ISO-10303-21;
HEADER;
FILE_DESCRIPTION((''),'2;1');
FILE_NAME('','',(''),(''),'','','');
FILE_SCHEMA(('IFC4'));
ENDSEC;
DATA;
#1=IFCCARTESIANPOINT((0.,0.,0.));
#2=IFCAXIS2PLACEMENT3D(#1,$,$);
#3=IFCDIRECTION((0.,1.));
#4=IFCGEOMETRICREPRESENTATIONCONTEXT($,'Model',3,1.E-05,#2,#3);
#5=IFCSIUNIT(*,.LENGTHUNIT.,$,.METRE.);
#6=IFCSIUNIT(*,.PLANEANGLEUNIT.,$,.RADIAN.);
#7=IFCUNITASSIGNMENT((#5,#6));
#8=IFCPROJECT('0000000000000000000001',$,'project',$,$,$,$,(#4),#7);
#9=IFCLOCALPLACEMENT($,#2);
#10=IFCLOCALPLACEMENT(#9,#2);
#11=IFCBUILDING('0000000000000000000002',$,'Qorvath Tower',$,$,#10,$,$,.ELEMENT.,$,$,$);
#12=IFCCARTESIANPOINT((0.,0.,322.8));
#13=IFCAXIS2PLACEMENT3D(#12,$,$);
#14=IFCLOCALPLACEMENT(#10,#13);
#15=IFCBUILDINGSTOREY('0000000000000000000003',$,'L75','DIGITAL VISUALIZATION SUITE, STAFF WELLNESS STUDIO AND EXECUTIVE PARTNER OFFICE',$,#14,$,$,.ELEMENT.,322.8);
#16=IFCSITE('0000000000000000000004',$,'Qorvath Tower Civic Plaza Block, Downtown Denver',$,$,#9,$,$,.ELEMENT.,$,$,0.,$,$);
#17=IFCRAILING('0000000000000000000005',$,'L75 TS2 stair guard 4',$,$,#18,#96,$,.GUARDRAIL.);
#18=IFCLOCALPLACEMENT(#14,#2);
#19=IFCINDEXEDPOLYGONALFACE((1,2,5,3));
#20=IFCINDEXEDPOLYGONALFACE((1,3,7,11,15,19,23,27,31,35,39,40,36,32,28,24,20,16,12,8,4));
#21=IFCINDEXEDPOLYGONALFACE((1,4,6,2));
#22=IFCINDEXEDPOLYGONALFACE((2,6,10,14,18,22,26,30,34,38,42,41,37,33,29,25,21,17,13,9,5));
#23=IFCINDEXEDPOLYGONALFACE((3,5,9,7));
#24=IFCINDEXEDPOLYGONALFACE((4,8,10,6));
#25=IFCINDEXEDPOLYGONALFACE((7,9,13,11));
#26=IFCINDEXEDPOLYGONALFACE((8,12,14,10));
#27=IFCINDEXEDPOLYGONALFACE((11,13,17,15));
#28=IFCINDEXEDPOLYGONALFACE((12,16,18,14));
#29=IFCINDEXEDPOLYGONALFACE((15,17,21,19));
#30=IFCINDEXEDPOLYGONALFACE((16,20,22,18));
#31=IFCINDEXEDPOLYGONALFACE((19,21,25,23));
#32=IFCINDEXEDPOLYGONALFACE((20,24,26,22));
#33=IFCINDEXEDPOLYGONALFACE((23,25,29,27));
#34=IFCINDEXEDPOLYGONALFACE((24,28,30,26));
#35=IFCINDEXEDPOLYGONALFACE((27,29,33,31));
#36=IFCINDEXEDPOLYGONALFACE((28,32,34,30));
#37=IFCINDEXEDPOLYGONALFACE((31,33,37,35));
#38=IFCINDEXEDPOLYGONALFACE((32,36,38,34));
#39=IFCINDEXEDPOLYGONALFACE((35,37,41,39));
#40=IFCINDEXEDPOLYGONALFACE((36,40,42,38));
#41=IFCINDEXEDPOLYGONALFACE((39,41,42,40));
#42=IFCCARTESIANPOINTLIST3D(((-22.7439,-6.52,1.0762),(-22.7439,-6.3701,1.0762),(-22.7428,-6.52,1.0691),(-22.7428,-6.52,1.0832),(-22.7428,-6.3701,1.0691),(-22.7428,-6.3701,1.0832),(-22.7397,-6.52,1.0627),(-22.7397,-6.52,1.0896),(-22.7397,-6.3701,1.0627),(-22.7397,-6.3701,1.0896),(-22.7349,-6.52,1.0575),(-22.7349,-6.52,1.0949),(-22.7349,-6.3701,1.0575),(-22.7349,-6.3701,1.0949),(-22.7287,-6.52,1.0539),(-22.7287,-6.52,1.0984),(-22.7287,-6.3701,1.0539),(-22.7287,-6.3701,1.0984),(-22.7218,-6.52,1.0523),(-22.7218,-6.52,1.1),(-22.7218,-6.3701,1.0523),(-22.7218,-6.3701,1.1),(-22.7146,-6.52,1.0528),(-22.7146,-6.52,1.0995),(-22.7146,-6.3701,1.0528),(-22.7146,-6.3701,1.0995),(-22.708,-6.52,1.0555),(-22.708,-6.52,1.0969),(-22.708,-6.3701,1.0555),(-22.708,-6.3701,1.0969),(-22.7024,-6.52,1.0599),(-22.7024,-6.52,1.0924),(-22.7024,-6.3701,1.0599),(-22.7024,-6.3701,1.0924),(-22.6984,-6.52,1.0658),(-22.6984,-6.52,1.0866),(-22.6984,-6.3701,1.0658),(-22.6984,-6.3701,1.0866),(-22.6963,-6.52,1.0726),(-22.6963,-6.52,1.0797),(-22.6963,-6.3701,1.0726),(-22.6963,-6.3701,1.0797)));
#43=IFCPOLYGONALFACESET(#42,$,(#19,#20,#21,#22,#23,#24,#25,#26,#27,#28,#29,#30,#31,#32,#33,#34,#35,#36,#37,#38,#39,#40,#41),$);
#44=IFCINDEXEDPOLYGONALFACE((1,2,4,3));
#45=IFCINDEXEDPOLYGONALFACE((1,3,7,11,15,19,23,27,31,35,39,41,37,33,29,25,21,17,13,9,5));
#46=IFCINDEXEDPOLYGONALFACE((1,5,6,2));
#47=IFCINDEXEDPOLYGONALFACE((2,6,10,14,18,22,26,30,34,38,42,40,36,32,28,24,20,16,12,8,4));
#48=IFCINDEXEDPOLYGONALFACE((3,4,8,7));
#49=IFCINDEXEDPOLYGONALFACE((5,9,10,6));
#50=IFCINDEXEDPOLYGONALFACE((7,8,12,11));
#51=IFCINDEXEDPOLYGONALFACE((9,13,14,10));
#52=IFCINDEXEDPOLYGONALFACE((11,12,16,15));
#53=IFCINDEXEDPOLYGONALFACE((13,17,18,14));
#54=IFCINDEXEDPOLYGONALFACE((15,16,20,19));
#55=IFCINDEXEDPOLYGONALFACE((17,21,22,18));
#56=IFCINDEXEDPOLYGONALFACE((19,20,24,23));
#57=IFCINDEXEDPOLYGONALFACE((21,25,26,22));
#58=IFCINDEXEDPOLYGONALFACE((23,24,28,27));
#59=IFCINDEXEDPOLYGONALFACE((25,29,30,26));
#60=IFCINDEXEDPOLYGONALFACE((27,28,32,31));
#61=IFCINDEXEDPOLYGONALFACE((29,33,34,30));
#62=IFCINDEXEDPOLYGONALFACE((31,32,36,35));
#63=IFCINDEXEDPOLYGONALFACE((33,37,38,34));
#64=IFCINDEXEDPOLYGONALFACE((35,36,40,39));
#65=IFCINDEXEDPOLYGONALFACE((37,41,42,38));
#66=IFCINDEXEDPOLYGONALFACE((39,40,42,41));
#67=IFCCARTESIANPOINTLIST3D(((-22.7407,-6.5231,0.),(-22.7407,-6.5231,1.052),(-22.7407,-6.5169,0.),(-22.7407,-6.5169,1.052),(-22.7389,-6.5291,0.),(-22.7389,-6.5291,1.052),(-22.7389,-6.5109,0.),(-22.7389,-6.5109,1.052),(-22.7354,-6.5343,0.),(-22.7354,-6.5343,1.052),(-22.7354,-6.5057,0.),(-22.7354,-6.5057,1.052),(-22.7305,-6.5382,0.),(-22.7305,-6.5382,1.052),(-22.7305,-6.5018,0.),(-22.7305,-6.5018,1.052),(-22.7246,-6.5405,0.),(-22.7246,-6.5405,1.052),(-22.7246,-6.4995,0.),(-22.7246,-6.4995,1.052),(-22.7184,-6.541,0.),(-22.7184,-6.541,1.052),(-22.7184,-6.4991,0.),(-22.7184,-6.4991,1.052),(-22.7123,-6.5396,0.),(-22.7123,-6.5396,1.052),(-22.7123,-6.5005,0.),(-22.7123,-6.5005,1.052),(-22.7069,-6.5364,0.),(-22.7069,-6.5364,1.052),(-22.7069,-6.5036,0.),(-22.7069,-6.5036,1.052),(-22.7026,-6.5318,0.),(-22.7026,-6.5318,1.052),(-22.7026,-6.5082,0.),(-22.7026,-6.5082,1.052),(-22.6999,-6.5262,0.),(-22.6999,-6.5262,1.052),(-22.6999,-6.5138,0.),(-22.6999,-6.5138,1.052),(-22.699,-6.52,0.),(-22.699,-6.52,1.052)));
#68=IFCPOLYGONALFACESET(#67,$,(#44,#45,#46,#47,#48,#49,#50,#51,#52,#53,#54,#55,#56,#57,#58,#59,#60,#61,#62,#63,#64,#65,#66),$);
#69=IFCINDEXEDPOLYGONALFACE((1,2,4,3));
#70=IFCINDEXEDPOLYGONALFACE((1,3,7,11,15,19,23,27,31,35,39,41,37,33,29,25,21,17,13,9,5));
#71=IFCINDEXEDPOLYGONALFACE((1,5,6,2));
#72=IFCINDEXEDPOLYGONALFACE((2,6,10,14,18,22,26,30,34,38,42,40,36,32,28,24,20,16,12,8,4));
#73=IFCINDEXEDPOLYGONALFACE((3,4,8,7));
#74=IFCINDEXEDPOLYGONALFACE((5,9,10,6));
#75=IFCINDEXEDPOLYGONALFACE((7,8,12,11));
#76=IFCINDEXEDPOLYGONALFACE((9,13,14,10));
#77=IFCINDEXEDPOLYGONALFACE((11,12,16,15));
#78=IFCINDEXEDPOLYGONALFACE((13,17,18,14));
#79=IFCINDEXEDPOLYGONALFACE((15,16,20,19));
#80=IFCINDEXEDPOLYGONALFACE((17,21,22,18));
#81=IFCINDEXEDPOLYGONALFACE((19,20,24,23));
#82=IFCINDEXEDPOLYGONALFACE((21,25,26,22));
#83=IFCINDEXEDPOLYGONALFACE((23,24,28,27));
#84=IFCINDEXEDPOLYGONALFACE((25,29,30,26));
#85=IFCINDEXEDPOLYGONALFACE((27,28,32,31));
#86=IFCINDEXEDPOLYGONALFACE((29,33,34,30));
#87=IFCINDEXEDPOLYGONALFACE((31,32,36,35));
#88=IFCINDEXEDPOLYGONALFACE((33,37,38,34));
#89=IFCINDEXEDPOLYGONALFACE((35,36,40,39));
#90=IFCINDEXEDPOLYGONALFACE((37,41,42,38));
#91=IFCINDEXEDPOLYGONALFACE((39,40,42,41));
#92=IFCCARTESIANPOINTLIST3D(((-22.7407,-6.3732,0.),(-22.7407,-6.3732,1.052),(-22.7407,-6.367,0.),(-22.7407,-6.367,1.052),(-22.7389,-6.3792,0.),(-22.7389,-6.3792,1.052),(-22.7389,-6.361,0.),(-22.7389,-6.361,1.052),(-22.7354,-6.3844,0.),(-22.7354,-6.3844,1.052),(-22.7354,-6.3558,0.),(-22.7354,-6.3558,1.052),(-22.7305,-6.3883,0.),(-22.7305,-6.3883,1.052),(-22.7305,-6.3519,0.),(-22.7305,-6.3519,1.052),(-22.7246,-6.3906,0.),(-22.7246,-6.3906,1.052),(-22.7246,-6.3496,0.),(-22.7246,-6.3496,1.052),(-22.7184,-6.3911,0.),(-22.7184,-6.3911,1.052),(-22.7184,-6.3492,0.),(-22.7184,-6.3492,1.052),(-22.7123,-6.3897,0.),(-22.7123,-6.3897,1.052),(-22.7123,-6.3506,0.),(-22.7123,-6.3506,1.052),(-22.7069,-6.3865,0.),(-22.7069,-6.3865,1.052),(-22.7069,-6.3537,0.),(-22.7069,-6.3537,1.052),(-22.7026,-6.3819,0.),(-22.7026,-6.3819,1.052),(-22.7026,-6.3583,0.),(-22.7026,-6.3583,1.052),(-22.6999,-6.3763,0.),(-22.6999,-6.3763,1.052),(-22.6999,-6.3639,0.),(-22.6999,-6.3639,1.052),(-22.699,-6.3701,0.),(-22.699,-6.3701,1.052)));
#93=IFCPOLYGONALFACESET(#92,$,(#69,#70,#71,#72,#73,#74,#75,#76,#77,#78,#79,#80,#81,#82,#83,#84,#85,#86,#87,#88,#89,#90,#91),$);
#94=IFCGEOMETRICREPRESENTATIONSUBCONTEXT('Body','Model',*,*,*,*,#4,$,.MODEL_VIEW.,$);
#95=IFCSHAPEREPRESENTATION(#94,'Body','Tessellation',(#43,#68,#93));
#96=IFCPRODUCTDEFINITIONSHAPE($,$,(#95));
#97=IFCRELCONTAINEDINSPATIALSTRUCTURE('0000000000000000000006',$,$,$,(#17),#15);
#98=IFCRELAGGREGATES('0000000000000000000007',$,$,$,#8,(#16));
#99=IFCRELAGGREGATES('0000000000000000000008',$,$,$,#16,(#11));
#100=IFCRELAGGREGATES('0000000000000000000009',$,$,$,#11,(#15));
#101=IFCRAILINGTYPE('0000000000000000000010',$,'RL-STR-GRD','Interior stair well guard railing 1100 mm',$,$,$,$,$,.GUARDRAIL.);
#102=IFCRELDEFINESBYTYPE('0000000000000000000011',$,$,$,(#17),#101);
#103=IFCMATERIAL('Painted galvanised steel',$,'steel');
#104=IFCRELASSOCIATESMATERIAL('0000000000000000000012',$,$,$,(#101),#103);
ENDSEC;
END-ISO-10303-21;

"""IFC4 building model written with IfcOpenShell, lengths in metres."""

from ifc_helpers import new_model, si_unit, direction, frame, origin, origin_2d, place, context, subcontext, project, spatial, circle, extrude, material, type_object, element, save


model = new_model("IFC4")

# Units and contexts
model_context = context("Model", 3, precision=1e-05, world=origin(), true_north=direction((0.0, 1.0)))
body_context = subcontext(model_context, "Body", "Model", "MODEL_VIEW")
ifc_project = project(units=[si_unit("LENGTHUNIT", "METRE"), si_unit("PLANEANGLEUNIT", "RADIAN")], contexts=[model_context])

# Site, building, storey
site_placement = place(None, origin())
site = spatial("IfcSite", under=ifc_project, at=site_placement, Name="Qorvath Tower Civic Plaza Block, Downtown Denver", CompositionType="ELEMENT", RefElevation=0.0)
building_placement = place(site_placement, origin())
building = spatial("IfcBuilding", under=site, at=building_placement, Name="Qorvath Tower", CompositionType="ELEMENT")
storey_placement = place(building_placement, frame((0.0, 0.0, 322.8)))
storey = spatial("IfcBuildingStorey", under=building, at=storey_placement, Name="L75", Description="DIGITAL VISUALIZATION SUITE, STAFF WELLNESS STUDIO AND EXECUTIVE PARTNER OFFICE", CompositionType="ELEMENT", Elevation=322.8)

# Railing
ifc_material_1 = material(Name="Painted galvanised steel", Category="steel")
railing_type_1 = type_object("IfcRailingType", Name="RL-STR-GRD", Description="Interior stair well guard railing 1100 mm", PredefinedType="GUARDRAIL", material=ifc_material_1)
railing_1_placement = place(storey_placement, frame((-22.72, -6.52, 0.0)))
element("IfcRailing", 1, at=railing_1_placement, inside=storey, type_object=railing_type_1, Name="L75 TS2 stair guard 4", PredefinedType="GUARDRAIL", context=body_context, shape_type="SweptSolid", body=[
    extrude(circle(Radius=0.0239, at=origin_2d()), frame((0.0, 0.0, 1.0762), z_axis=(0.0, 1.0, 0.0), x_axis=(-1.0, 0.0, 0.0)), (0.0, 0.0, 1.0), 0.1499),
    extrude(circle(Radius=0.021, at=origin_2d()), origin(), (0.0, 0.0, 1.0), 1.052),
    extrude(circle(Radius=0.021, at=origin_2d()), frame((0.0, 0.1499, 0.0)), (0.0, 0.0, 1.0), 1.052),
])

save(model, "model.ifc")
